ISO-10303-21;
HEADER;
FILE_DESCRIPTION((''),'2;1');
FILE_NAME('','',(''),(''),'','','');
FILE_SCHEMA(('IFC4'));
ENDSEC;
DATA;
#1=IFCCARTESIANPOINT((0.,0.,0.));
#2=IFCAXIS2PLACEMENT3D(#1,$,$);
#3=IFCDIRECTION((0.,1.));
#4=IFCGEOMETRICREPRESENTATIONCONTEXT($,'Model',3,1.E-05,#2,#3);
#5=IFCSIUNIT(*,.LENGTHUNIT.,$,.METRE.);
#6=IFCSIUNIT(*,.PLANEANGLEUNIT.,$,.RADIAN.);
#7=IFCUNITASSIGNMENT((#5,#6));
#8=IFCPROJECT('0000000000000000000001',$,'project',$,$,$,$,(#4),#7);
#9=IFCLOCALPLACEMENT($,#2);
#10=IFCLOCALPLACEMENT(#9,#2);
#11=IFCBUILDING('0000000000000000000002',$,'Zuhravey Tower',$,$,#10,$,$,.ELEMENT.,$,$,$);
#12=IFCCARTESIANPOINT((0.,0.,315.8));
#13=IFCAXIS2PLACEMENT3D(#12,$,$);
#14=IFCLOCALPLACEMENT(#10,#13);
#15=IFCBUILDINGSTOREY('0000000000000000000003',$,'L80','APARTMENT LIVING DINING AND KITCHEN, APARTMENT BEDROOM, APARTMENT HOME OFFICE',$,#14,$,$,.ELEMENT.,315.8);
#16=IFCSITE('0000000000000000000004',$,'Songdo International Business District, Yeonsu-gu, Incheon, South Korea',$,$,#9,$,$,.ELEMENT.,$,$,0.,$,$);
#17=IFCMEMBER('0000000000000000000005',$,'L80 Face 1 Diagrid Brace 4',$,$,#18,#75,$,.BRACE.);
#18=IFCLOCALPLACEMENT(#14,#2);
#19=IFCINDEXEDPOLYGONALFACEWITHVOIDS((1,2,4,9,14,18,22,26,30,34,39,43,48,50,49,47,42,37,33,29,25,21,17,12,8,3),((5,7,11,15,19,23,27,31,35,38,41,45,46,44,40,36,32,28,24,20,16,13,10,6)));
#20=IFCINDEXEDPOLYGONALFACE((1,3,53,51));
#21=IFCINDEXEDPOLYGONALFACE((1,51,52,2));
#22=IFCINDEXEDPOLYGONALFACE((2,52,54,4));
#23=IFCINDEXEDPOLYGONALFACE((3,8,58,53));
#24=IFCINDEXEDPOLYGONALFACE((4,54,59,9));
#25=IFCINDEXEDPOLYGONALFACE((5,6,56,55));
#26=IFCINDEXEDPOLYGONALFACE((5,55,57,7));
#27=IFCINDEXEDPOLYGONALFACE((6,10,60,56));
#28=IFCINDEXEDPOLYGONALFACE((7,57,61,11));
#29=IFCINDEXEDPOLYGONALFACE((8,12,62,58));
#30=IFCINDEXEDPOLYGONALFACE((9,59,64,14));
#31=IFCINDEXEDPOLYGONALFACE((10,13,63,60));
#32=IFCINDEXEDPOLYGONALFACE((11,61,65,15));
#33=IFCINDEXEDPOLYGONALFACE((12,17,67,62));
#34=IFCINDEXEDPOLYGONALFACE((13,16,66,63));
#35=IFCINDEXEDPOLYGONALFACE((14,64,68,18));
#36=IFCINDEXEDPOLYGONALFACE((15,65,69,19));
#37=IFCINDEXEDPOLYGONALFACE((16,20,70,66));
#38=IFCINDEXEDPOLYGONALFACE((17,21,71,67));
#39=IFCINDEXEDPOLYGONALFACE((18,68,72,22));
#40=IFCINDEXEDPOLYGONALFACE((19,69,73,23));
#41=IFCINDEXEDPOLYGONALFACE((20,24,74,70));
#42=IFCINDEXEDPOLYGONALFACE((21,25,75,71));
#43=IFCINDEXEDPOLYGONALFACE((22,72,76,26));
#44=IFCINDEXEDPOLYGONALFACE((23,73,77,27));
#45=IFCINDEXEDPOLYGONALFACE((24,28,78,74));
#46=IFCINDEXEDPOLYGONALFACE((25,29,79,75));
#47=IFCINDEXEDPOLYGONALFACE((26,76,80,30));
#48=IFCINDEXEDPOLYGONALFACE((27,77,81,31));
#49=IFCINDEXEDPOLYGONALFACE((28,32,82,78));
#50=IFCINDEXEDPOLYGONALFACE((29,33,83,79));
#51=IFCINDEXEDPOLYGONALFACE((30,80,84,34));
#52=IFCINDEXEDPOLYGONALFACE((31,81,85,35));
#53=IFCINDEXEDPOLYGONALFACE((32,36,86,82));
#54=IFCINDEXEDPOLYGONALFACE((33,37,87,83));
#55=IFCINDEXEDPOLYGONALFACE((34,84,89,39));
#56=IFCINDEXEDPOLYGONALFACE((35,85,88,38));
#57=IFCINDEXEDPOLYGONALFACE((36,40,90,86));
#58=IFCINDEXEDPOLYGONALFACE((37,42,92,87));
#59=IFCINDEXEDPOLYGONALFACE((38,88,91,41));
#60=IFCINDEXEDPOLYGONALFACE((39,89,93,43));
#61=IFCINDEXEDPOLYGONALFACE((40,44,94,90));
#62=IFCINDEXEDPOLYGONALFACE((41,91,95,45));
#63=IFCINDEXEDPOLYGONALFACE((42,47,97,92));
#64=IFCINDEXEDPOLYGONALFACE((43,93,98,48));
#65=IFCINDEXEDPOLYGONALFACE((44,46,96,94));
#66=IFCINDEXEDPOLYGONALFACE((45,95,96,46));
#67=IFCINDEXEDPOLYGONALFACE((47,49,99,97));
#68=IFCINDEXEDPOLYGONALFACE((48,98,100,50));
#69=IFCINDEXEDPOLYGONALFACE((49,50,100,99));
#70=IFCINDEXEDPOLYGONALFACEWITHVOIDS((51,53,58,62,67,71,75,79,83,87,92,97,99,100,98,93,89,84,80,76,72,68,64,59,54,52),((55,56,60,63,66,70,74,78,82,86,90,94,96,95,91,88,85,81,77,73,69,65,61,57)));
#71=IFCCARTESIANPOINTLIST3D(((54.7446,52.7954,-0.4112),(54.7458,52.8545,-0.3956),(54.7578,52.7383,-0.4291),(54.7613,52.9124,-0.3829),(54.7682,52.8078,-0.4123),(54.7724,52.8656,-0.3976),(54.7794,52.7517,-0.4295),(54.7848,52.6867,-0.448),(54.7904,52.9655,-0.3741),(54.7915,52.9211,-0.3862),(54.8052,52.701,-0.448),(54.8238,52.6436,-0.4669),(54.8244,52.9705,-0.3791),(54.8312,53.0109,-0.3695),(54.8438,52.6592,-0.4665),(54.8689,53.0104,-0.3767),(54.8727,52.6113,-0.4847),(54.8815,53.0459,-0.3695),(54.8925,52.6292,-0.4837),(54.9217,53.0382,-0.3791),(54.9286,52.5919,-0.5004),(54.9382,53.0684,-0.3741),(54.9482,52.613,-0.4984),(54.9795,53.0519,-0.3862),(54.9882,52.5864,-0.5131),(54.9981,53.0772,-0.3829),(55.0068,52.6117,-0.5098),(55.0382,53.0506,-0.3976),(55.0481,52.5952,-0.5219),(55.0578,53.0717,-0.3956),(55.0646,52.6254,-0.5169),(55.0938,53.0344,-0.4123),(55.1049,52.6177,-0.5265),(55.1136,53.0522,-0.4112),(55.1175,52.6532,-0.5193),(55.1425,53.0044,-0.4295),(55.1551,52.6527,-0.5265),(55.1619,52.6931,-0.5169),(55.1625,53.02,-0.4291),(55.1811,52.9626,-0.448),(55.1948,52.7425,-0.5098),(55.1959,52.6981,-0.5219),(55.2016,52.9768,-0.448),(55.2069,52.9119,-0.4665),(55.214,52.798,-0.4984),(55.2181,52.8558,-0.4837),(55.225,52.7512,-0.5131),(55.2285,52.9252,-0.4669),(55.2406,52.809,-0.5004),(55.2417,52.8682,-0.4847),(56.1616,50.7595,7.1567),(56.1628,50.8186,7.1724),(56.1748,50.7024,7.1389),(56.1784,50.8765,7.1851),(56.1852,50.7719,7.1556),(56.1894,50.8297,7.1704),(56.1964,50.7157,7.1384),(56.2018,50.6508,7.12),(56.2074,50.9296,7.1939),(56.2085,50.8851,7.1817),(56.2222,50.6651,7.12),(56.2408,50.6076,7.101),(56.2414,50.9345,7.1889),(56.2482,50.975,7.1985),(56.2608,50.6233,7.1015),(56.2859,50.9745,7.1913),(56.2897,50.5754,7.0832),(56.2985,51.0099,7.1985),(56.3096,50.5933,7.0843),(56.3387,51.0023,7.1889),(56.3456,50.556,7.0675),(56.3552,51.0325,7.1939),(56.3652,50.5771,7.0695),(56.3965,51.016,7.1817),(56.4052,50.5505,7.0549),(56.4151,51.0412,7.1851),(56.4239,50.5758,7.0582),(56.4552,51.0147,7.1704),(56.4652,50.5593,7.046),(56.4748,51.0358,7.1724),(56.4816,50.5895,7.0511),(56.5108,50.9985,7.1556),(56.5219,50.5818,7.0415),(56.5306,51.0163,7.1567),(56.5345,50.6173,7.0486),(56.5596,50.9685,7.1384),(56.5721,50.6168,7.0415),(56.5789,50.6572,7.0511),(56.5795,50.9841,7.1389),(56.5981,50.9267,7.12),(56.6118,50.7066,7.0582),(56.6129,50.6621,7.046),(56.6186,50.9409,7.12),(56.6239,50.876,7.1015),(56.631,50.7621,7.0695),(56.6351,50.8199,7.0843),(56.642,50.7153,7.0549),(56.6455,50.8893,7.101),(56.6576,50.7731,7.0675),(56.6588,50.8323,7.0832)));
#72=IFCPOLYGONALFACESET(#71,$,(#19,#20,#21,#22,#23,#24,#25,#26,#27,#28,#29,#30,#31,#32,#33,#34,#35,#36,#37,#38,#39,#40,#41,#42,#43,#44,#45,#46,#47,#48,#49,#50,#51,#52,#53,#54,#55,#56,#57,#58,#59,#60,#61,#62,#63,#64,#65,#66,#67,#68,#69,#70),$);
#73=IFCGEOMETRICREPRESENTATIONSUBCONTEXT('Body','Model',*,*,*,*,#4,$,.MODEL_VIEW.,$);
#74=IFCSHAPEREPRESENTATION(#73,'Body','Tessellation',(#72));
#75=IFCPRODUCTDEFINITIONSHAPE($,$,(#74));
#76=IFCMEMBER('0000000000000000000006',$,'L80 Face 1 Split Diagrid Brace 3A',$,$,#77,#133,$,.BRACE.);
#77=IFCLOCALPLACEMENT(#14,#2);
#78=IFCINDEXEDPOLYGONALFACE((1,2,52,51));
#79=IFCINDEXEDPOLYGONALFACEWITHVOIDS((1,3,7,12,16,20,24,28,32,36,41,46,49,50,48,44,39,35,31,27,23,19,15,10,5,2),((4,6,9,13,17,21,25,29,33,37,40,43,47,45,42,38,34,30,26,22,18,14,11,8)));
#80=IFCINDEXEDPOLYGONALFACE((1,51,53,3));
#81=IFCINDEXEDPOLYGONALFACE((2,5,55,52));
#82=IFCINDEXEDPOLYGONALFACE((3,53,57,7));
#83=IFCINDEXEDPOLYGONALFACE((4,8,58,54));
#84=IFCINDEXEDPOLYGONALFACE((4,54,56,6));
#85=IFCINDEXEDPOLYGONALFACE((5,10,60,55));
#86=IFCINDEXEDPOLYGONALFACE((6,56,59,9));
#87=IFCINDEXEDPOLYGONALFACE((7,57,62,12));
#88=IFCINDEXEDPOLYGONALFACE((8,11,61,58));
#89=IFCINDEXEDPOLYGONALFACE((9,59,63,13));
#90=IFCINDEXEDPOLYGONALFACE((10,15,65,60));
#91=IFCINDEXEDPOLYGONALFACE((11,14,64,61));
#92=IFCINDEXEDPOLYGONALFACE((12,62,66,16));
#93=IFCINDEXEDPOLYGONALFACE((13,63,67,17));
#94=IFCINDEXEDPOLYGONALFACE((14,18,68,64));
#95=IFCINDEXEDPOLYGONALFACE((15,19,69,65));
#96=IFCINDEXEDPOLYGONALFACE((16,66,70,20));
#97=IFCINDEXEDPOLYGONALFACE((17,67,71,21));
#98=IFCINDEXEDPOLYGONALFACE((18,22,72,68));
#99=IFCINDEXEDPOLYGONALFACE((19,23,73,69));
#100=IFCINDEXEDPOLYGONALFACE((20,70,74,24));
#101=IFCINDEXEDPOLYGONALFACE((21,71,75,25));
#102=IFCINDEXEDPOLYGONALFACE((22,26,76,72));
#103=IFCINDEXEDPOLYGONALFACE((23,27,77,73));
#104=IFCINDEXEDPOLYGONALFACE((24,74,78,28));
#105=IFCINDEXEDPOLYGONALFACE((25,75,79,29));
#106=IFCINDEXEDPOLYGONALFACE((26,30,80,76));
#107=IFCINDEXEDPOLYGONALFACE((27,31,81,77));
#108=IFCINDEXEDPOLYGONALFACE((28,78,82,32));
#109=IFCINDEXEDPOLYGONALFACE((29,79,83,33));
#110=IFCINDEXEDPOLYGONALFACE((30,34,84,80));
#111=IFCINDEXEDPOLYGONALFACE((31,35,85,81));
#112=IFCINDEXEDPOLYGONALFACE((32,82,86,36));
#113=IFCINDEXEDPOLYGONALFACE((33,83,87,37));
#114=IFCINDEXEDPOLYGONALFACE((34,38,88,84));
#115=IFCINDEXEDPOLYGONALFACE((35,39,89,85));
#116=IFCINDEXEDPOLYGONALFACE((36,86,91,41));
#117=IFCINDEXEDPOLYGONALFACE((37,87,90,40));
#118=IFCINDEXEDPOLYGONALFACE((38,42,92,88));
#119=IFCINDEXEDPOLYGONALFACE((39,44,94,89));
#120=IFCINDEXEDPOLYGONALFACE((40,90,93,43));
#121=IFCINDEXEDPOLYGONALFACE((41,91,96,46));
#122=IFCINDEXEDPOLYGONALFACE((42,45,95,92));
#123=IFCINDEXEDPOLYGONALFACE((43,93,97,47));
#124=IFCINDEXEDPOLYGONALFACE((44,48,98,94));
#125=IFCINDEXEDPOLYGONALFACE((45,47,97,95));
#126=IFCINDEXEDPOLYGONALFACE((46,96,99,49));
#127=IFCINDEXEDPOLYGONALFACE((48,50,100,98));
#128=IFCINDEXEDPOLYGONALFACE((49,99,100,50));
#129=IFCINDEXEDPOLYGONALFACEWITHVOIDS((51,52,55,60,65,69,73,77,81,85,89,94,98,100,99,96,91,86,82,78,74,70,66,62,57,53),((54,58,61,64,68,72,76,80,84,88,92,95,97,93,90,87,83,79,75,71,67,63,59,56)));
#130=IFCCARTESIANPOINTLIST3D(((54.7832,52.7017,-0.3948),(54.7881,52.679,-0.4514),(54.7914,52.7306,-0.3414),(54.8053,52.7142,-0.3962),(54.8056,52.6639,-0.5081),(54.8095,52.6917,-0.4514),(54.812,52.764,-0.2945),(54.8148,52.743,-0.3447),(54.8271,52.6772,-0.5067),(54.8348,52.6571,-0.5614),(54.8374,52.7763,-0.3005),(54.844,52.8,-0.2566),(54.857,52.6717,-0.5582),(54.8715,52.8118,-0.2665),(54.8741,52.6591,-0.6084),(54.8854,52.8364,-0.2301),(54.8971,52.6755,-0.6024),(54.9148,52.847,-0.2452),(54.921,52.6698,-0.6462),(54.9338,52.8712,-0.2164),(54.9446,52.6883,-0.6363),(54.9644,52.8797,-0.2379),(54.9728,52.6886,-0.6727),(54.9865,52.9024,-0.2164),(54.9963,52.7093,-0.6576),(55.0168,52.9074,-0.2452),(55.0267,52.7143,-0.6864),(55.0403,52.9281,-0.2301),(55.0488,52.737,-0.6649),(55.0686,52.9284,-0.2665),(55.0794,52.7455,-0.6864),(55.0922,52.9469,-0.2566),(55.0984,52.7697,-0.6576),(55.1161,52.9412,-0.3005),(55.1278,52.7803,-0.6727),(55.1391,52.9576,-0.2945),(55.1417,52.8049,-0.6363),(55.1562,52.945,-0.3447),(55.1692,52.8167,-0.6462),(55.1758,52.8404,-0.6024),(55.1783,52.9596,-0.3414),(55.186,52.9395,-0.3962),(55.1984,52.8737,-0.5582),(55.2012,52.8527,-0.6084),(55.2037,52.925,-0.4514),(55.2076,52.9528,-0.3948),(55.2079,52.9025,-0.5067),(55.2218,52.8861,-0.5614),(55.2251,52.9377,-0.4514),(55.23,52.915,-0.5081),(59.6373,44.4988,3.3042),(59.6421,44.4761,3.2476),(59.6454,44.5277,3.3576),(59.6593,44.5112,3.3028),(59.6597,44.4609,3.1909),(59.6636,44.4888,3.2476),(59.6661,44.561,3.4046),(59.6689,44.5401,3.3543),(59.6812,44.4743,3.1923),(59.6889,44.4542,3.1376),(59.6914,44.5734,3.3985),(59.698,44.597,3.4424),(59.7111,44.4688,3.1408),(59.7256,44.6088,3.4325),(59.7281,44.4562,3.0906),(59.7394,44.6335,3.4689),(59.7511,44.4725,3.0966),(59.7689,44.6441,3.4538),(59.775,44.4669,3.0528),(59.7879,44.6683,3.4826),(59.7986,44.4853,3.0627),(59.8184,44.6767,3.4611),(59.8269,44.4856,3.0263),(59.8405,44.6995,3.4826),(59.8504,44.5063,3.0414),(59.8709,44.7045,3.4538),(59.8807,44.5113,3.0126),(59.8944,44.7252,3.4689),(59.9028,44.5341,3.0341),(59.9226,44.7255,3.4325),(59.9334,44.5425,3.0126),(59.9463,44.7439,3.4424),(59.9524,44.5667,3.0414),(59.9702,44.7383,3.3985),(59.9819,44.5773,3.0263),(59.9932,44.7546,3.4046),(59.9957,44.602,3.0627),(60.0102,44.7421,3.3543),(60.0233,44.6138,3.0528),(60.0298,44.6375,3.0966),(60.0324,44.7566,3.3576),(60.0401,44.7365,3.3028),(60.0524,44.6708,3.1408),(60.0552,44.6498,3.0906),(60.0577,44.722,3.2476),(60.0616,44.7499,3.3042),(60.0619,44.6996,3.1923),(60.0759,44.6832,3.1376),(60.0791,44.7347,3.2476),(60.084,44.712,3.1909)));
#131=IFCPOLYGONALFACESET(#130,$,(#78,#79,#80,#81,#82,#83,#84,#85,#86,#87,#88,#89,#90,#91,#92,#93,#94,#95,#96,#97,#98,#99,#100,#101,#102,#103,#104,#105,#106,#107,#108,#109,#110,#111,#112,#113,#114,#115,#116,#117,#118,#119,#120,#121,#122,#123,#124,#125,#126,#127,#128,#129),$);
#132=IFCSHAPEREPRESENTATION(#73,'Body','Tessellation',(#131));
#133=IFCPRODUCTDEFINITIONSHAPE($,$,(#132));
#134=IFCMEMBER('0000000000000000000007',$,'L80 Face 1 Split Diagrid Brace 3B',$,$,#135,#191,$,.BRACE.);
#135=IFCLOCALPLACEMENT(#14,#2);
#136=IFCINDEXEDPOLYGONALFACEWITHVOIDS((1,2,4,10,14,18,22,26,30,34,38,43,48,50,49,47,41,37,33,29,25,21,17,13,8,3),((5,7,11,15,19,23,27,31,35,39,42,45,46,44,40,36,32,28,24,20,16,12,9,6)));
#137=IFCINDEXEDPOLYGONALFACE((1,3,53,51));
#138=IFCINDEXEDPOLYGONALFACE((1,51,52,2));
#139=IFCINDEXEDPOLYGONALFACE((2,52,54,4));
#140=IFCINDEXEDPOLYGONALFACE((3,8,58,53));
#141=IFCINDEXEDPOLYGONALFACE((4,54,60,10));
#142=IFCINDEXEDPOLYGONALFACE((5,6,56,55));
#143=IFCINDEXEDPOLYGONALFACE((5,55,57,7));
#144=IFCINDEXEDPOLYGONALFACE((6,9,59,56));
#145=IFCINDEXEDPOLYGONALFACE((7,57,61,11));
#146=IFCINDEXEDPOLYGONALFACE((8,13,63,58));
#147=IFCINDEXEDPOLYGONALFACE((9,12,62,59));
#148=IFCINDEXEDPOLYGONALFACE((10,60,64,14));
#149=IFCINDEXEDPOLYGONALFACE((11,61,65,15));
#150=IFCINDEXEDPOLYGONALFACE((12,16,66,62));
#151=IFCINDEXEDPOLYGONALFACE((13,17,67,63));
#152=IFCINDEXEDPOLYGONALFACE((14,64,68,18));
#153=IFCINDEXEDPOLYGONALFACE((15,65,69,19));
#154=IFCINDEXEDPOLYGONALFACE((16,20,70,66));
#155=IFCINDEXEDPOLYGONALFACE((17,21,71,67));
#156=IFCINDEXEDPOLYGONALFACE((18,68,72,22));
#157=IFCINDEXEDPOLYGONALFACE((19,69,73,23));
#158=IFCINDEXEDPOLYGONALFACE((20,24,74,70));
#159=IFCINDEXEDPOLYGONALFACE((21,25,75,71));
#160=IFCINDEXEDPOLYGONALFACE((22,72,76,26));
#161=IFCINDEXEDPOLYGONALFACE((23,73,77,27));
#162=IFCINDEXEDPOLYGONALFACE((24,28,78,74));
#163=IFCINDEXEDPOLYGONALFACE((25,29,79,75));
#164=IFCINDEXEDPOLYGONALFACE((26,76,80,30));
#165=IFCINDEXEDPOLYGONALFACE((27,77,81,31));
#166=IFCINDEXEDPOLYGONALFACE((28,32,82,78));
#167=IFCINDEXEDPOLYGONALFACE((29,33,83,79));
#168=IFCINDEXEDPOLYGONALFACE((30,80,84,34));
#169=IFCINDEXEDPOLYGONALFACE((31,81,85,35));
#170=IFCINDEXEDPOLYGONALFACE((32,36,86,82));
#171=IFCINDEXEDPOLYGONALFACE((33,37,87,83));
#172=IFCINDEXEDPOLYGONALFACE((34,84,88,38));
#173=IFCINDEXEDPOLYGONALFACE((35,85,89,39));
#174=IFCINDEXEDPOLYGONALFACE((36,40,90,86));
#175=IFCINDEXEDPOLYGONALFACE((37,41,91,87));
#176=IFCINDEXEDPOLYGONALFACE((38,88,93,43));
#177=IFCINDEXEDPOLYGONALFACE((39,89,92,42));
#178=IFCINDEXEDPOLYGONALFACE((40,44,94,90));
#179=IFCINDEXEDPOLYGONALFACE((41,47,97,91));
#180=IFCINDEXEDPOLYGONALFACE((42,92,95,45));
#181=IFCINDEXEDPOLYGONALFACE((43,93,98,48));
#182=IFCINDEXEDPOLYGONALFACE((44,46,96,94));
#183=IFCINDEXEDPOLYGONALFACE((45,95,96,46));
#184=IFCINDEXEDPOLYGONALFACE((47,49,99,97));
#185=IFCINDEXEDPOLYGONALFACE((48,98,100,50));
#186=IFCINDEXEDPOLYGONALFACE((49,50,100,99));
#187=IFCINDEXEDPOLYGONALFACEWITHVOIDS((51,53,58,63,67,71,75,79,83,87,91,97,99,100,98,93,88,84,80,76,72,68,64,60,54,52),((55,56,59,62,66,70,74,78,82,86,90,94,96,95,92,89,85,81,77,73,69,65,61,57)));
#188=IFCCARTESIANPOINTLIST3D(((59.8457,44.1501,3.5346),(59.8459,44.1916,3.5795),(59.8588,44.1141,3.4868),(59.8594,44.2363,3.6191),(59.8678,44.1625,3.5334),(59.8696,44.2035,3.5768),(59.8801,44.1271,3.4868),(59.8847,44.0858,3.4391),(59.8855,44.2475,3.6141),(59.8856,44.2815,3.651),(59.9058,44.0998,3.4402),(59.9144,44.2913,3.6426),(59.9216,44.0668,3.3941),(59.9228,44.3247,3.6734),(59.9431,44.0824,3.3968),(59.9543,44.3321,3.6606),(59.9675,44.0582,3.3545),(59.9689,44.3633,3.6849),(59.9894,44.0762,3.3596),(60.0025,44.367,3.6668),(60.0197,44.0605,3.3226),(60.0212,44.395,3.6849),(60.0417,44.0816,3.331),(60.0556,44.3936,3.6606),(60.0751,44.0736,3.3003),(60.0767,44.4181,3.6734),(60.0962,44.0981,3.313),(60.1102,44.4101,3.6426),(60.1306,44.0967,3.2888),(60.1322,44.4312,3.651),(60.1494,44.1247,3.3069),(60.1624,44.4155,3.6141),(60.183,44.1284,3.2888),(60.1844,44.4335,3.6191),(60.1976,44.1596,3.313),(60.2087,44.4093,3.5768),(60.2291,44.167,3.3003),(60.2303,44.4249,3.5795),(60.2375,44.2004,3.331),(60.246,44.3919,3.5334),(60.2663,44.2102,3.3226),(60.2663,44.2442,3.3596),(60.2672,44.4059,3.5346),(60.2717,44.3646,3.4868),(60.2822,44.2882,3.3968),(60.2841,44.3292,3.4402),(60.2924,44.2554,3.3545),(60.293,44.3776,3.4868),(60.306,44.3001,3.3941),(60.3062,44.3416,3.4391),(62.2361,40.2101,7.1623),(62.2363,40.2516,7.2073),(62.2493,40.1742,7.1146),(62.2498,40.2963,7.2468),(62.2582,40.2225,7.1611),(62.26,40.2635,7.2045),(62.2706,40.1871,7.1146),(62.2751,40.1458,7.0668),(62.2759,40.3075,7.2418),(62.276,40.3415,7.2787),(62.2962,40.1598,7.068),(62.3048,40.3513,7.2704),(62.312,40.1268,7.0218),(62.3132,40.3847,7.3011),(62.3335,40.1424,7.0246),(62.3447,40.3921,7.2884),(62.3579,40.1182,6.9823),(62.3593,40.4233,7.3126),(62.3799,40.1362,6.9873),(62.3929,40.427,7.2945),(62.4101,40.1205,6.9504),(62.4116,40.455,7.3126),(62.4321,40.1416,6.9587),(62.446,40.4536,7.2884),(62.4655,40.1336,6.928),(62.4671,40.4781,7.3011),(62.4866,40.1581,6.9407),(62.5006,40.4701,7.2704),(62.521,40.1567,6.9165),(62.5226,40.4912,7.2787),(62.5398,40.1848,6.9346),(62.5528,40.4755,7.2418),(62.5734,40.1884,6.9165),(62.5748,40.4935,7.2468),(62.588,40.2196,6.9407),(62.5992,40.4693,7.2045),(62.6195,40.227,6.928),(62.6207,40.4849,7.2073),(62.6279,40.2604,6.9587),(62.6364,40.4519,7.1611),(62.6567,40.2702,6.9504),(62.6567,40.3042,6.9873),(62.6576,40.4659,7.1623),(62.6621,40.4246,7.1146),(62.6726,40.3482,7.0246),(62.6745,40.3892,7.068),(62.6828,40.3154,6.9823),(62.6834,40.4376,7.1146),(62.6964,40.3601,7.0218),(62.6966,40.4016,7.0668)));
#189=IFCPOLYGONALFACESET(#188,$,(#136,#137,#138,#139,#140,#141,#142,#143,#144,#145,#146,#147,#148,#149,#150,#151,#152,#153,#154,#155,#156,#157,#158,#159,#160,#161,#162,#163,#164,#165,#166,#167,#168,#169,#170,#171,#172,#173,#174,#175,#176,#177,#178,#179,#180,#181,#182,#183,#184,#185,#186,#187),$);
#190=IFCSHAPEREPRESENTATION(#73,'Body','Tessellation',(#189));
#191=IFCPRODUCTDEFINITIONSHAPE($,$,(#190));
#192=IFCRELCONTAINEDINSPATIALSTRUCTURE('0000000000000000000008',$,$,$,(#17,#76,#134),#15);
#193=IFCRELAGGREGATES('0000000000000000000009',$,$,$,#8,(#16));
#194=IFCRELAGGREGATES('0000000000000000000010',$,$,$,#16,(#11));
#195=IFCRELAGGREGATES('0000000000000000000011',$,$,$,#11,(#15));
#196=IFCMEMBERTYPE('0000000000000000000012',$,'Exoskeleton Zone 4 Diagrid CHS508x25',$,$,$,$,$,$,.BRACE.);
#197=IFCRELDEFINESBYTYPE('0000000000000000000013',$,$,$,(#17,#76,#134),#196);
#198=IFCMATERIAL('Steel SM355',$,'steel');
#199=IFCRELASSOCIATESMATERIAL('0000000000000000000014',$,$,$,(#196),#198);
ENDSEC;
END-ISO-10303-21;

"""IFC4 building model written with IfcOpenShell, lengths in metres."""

from ifc_helpers import new_model, si_unit, direction, frame, origin, origin_2d, place, context, subcontext, project, spatial, hollow_circle, extrude, material, material_profile, profile_set, type_object, element, save


model = new_model("IFC4")

# Units and contexts
model_context = context("Model", 3, precision=1e-05, world=origin(), true_north=direction((0.0, 1.0)))
body_context = subcontext(model_context, "Body", "Model", "MODEL_VIEW")
ifc_project = project(units=[si_unit("LENGTHUNIT", "METRE"), si_unit("PLANEANGLEUNIT", "RADIAN")], contexts=[model_context])

# Site, building, storey
site_placement = place(None, origin())
site = spatial("IfcSite", under=ifc_project, at=site_placement, Name="Songdo International Business District, Yeonsu-gu, Incheon, South Korea", CompositionType="ELEMENT", RefElevation=0.0)
building_placement = place(site_placement, origin())
building = spatial("IfcBuilding", under=site, at=building_placement, Name="Zuhravey Tower", CompositionType="ELEMENT")
storey_placement = place(building_placement, frame((0.0, 0.0, 315.8)))
storey = spatial("IfcBuildingStorey", under=building, at=storey_placement, Name="L80", Description="APARTMENT LIVING DINING AND KITCHEN, APARTMENT BEDROOM, APARTMENT HOME OFFICE", CompositionType="ELEMENT", Elevation=315.8)

# Members
ifc_material_1 = material(Name="Steel SM355", Category="steel")
ifc_material_profile_1 = material_profile(ifc_material_1, hollow_circle(Radius=0.2539, WallThickness=0.0249, at=origin_2d()), Name="CHS-508.0x25")
ifc_profile_set_1 = profile_set([ifc_material_profile_1], Name="Steel SM355")
member_type_1 = type_object("IfcMemberType", Name="Exoskeleton Zone 4 Diagrid CHS508x25", PredefinedType="BRACE", material=ifc_profile_set_1)
member_1_placement = place(storey_placement, frame((54.9932, 52.8318, -0.448), z_axis=(0.177925, -0.255636, 0.950259), x_axis=(0.820769, 0.571261, 0.0)))
element("IfcMember", 1, at=member_1_placement, inside=storey, type_object=member_type_1, Name="L80 Face 1 Diagrid Brace 4", PredefinedType="BRACE", context=body_context, shape_type="SweptSolid", body=[
    extrude(hollow_circle(Radius=0.2539, WallThickness=0.0249, at=origin_2d()), origin(), (0.0, 0.0, 1.0), 7.9641),
])
member_2_placement = place(storey_placement, frame((55.0066, 52.8083, -0.4514), z_axis=(0.474764, -0.802313, 0.361792), x_axis=(0.860612, 0.509262, 0.0)))
element("IfcMember", 2, at=member_2_placement, inside=storey, type_object=member_type_1, Name="L80 Face 1 Split Diagrid Brace 3A", PredefinedType="BRACE", context=body_context, shape_type="SweptSolid", body=[
    extrude(hollow_circle(Radius=0.2539, WallThickness=0.0249, at=origin_2d()), origin(), (0.0, 0.0, 1.0), 10.2241),
])
member_3_placement = place(storey_placement, frame((60.0759, 44.2458, 3.4868), z_axis=(0.407573, -0.671782, 0.618541), x_axis=(0.854954, 0.518704, 0.0)))
element("IfcMember", 3, at=member_3_placement, inside=storey, type_object=member_type_1, Name="L80 Face 1 Split Diagrid Brace 3B", PredefinedType="BRACE", context=body_context, shape_type="SweptSolid", body=[
    extrude(hollow_circle(Radius=0.2539, WallThickness=0.0249, at=origin_2d()), origin(), (0.0, 0.0, 1.0), 5.865),
])

save(model, "model.ifc")
